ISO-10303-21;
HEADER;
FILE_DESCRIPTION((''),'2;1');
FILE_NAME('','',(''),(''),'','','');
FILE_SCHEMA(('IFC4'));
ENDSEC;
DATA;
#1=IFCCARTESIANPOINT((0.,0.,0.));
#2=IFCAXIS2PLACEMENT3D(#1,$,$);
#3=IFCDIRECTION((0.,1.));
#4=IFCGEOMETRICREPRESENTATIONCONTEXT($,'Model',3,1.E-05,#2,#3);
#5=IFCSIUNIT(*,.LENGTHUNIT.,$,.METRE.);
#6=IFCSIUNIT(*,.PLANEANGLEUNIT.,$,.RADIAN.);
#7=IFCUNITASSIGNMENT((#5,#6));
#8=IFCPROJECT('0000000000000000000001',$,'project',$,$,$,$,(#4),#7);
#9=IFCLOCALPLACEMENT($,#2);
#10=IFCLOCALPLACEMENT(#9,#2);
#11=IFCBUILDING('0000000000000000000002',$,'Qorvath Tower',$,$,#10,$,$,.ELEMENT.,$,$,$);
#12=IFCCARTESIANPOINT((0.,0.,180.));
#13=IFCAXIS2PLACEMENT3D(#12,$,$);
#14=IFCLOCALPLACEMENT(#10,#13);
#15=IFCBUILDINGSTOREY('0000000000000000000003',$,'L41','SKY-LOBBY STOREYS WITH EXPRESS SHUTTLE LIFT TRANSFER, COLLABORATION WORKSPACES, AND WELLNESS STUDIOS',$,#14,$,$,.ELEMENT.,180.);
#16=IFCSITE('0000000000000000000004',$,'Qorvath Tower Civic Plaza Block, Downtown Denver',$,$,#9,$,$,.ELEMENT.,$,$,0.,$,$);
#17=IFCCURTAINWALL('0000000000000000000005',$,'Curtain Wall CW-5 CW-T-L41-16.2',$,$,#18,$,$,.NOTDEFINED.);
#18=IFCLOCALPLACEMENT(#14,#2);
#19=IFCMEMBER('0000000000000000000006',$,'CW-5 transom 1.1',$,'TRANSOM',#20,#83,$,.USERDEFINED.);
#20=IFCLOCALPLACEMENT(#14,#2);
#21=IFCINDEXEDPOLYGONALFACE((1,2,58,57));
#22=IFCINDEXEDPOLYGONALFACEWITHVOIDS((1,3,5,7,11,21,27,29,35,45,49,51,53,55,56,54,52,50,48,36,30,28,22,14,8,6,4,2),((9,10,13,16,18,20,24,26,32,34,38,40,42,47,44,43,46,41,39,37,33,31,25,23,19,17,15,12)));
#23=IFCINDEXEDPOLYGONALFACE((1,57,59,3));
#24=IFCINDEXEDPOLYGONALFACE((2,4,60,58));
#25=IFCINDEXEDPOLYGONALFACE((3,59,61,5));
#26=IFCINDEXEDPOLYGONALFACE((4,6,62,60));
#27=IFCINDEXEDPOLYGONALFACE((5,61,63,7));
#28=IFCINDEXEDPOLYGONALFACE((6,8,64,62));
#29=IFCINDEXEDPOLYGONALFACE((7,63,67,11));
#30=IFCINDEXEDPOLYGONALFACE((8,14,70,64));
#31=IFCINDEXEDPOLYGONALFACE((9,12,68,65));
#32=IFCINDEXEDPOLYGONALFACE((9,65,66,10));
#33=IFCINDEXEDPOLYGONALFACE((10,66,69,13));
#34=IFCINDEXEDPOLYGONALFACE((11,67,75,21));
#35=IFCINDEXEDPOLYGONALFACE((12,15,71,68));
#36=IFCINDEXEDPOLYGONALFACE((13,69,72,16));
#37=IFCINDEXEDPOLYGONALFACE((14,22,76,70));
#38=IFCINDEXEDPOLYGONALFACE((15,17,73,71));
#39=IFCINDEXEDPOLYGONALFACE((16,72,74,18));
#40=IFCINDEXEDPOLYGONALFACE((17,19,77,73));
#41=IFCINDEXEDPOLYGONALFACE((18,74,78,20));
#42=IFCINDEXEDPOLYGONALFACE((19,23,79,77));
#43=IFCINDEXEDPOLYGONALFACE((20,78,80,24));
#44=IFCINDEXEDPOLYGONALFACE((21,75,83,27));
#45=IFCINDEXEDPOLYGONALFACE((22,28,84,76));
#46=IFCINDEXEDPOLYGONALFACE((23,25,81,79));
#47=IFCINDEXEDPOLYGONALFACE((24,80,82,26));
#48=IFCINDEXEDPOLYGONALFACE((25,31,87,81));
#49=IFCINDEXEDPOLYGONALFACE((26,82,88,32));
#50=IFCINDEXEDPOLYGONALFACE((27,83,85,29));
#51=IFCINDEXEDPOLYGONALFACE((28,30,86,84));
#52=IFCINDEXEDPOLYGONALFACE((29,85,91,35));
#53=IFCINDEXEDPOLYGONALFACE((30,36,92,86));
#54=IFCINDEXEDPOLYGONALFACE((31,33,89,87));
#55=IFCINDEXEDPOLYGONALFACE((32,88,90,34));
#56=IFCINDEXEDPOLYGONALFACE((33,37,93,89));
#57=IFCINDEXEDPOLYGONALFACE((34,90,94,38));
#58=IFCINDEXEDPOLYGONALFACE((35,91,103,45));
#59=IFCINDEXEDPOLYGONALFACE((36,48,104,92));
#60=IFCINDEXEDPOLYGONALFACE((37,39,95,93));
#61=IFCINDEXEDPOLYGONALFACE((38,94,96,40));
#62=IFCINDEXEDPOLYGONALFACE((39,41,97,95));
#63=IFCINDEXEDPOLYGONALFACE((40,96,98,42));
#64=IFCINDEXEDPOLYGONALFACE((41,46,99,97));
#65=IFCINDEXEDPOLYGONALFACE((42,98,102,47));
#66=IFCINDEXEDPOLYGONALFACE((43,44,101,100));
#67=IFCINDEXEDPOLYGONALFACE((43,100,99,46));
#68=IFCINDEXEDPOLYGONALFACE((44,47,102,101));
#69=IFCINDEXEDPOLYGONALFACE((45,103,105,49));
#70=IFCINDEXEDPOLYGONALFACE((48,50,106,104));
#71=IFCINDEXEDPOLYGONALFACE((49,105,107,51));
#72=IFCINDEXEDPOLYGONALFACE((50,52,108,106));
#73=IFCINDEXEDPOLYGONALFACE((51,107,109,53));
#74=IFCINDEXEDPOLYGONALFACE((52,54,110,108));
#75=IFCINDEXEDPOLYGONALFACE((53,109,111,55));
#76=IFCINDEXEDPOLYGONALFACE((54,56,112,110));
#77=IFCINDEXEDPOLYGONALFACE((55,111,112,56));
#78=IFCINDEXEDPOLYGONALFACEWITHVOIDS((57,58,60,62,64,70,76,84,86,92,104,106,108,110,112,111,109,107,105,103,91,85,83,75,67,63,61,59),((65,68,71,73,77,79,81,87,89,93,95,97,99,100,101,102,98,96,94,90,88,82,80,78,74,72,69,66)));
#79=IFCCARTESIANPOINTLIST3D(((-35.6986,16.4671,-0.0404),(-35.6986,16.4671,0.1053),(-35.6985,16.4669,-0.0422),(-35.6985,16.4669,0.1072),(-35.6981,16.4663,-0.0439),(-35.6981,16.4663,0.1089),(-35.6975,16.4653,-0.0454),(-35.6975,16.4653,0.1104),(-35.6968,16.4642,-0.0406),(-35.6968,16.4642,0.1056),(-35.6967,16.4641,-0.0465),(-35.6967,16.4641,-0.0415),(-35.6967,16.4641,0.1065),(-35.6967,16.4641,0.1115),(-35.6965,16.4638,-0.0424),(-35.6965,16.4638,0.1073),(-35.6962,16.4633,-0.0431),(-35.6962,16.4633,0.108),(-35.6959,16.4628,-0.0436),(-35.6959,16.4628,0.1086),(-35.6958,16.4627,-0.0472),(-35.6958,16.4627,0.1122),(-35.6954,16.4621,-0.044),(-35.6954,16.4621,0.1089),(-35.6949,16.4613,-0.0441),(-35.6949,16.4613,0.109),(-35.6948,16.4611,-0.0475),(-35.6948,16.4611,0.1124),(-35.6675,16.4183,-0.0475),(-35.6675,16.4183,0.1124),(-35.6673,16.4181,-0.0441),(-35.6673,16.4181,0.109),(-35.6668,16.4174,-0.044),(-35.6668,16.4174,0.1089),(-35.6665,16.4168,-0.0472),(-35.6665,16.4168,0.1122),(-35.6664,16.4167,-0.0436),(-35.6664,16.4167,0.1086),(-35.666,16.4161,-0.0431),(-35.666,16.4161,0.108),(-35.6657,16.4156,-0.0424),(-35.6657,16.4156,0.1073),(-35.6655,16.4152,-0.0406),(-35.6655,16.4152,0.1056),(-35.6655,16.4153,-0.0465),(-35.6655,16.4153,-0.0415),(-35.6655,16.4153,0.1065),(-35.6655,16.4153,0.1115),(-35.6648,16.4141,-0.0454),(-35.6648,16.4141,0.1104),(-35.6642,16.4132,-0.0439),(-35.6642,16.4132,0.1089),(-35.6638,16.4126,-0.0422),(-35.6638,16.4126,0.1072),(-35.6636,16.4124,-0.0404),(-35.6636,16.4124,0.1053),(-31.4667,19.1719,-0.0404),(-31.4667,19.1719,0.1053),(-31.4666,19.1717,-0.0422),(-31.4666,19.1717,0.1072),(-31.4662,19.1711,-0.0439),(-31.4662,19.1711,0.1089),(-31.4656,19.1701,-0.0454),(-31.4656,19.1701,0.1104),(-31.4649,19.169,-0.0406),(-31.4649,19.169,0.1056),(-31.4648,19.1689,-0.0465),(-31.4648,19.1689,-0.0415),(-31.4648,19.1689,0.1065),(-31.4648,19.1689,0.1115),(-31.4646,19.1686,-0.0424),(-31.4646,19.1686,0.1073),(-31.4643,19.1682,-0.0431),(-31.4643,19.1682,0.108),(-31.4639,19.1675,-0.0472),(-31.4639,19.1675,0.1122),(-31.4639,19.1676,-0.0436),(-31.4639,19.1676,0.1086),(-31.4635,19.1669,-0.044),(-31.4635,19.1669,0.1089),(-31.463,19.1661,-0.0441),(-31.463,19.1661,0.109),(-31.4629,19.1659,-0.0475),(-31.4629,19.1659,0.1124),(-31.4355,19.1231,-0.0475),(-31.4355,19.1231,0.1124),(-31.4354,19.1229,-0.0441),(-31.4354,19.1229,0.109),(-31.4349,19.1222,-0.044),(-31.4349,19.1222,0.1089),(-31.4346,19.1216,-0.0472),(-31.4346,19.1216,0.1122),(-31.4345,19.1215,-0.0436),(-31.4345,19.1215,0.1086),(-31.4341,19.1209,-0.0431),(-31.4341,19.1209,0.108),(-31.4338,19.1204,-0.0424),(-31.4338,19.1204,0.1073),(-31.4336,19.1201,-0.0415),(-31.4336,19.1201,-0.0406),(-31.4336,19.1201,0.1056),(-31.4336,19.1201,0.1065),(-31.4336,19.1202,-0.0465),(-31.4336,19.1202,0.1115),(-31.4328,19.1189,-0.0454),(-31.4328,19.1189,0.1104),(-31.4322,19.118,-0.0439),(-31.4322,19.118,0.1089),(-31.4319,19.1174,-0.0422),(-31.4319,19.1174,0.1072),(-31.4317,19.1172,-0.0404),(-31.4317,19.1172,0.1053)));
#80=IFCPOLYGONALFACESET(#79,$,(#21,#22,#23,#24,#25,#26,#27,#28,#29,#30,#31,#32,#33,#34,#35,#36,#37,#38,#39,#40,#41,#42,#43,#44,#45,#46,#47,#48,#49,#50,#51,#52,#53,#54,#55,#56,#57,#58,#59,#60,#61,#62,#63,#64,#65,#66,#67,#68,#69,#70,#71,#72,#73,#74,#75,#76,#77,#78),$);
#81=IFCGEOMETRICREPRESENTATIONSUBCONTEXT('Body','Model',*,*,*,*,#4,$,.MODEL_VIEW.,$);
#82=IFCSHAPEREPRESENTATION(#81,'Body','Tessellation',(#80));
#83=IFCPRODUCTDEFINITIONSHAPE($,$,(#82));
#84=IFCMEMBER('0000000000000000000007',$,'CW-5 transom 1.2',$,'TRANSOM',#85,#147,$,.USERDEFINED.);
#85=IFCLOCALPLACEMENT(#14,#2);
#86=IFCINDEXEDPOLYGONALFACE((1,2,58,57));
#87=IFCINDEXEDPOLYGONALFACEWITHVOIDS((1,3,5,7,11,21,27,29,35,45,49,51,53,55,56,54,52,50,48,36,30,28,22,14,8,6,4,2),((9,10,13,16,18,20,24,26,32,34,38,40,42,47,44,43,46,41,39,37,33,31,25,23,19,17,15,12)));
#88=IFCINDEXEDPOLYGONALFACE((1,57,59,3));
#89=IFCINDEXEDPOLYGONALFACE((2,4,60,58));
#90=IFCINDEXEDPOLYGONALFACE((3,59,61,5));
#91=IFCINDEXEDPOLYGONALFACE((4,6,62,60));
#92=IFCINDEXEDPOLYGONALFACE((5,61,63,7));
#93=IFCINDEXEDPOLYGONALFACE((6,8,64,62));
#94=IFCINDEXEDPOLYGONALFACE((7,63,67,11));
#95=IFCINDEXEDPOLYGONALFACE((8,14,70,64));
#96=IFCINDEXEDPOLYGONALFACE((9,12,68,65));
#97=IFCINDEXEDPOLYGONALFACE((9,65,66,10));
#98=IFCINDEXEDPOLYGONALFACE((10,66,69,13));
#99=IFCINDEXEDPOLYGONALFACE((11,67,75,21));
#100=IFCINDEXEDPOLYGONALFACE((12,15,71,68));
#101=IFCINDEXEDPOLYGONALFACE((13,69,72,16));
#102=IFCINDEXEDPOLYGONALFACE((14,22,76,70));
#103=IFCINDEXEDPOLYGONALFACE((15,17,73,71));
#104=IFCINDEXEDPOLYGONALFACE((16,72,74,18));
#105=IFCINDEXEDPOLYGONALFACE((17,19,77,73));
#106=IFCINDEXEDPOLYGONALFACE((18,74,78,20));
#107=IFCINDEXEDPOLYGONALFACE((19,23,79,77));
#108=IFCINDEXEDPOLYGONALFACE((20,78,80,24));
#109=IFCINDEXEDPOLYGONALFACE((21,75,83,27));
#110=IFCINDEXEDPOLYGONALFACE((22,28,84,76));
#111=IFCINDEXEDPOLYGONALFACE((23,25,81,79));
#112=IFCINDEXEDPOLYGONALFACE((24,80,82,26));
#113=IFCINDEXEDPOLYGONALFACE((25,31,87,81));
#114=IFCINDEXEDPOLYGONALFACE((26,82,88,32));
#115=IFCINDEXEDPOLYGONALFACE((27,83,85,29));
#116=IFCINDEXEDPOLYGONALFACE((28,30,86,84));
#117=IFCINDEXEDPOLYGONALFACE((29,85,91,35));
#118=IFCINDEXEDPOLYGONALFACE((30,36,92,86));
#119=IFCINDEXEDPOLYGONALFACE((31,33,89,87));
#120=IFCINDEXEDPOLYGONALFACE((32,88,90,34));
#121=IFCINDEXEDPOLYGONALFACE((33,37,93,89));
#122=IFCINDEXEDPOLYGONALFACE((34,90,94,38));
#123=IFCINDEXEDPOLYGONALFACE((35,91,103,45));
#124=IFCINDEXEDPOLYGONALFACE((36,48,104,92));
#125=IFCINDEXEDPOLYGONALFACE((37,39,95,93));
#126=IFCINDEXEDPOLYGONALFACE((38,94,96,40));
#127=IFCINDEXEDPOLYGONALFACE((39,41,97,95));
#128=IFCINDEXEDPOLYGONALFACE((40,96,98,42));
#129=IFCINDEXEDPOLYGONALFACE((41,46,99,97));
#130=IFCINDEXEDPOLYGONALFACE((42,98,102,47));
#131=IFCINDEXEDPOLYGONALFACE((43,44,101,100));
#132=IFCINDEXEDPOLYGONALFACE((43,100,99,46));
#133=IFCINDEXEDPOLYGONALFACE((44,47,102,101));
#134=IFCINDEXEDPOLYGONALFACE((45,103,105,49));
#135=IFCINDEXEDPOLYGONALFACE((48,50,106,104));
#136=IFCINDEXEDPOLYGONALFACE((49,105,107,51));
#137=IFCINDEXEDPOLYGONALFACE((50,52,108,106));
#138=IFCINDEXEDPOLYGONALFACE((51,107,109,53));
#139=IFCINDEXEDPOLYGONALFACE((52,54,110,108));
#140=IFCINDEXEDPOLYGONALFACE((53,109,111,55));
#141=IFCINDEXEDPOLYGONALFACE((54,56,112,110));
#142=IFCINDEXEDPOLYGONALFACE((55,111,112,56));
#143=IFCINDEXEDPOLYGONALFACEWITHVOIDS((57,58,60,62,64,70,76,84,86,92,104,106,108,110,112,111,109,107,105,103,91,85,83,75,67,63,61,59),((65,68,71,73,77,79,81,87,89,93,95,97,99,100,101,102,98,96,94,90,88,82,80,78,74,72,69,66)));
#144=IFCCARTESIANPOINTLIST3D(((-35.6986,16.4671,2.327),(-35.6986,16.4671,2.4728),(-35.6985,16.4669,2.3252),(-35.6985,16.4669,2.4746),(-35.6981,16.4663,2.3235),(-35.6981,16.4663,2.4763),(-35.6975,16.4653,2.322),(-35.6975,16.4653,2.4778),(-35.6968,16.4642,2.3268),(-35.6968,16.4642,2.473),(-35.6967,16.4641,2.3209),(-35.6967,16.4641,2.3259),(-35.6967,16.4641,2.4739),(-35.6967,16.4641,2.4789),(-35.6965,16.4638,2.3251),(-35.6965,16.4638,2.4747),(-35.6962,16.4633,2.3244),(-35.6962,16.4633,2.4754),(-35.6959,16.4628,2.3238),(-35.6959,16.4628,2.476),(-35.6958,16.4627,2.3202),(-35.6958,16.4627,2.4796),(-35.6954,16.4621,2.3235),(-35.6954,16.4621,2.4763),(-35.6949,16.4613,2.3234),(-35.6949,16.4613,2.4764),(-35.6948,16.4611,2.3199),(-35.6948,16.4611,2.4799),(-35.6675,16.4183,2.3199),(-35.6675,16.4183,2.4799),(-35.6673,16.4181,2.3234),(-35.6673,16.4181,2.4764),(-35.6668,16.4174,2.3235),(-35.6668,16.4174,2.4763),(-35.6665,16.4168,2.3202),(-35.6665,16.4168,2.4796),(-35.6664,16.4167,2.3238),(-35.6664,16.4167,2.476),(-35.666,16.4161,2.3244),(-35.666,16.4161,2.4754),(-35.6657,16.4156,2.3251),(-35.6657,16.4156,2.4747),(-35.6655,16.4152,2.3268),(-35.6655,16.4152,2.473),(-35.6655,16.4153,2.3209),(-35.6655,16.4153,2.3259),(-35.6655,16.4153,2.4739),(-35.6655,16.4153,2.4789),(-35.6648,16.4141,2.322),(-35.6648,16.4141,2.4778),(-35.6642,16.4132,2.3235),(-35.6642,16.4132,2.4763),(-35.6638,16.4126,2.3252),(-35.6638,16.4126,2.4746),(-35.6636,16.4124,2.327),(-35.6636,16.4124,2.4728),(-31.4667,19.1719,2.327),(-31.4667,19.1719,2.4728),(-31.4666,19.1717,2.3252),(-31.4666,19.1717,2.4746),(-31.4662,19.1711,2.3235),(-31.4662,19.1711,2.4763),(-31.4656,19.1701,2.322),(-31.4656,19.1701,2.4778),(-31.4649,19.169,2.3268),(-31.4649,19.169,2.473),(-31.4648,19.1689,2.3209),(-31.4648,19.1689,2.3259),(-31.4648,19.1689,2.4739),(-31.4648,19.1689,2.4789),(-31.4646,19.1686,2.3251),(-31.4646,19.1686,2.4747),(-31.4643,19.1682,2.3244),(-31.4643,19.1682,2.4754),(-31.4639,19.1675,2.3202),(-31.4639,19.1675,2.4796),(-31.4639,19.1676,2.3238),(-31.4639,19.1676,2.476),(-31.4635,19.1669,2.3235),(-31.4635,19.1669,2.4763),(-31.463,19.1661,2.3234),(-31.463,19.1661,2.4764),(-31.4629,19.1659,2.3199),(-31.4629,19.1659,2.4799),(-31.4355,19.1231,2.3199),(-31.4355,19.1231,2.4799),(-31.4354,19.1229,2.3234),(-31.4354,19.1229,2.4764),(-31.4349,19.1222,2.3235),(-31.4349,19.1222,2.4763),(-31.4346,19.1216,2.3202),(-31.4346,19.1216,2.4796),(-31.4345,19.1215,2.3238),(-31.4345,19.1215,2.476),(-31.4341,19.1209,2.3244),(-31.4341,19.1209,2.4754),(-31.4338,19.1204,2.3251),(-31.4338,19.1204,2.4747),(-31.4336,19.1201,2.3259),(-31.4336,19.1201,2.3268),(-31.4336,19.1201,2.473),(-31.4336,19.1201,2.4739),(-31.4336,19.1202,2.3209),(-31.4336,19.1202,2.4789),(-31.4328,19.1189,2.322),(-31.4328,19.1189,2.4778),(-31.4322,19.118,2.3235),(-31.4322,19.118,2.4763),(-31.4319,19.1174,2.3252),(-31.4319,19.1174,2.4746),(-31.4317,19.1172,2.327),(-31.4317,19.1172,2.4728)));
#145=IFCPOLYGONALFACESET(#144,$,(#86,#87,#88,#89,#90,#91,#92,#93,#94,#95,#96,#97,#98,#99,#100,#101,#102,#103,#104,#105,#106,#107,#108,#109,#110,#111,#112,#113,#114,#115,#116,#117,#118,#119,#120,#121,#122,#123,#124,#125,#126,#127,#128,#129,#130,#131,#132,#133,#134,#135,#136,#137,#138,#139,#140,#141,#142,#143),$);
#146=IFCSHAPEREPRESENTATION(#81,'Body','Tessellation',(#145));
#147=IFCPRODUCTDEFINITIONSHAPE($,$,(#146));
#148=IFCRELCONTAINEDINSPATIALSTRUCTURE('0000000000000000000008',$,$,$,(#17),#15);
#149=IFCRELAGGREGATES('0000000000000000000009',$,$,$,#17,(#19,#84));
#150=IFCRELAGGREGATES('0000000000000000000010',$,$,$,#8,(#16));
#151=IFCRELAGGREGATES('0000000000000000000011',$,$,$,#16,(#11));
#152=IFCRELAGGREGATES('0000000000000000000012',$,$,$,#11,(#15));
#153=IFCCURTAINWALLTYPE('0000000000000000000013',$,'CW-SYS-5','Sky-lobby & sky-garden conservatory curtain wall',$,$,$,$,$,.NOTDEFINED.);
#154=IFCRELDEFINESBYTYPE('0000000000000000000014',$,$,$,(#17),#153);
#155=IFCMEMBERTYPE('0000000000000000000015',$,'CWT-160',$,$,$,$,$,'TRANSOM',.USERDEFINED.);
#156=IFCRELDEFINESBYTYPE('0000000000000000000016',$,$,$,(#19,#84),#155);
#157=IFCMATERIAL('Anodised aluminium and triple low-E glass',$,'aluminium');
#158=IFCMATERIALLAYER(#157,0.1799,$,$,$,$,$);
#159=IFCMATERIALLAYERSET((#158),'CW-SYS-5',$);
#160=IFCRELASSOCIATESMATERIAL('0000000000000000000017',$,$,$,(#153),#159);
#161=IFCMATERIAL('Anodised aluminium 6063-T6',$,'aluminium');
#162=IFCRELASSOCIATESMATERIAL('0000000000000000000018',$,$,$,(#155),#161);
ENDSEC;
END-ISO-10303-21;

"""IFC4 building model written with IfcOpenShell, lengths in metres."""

from ifc_helpers import new_model, si_unit, direction, frame, origin, origin_2d, place, context, subcontext, project, spatial, hollow_rectangle, extrude, material, layer, layer_set, material_profile, profile_set, type_object, element, aggregate, save


model = new_model("IFC4")

# Units and contexts
model_context = context("Model", 3, precision=1e-05, world=origin(), true_north=direction((0.0, 1.0)))
body_context = subcontext(model_context, "Body", "Model", "MODEL_VIEW")
ifc_project = project(units=[si_unit("LENGTHUNIT", "METRE"), si_unit("PLANEANGLEUNIT", "RADIAN")], contexts=[model_context])

# Site, building, storey
site_placement = place(None, origin())
site = spatial("IfcSite", under=ifc_project, at=site_placement, Name="Qorvath Tower Civic Plaza Block, Downtown Denver", CompositionType="ELEMENT", RefElevation=0.0)
building_placement = place(site_placement, origin())
building = spatial("IfcBuilding", under=site, at=building_placement, Name="Qorvath Tower", CompositionType="ELEMENT")
storey_placement = place(building_placement, frame((0.0, 0.0, 180.0)))
storey = spatial("IfcBuildingStorey", under=building, at=storey_placement, Name="L41", Description="SKY-LOBBY STOREYS WITH EXPRESS SHUTTLE LIFT TRANSFER, COLLABORATION WORKSPACES, AND WELLNESS STUDIOS", CompositionType="ELEMENT", Elevation=180.0)

# Curtain wall, members
ifc_material_1 = material(Name="Anodised aluminium and triple low-E glass", Category="aluminium")
ifc_layer_1 = layer(ifc_material_1, 0.1799)
ifc_layer_set_1 = layer_set([ifc_layer_1], Name="CW-SYS-5")
curtain_wall_type = type_object("IfcCurtainWallType", Name="CW-SYS-5", Description="Sky-lobby & sky-garden conservatory curtain wall", PredefinedType="NOTDEFINED", material=ifc_layer_set_1)
curtain_wall_placement = place(storey_placement, origin())
curtain_wall = element("IfcCurtainWall", 1, at=curtain_wall_placement, inside=storey, type_object=curtain_wall_type, Name="Curtain Wall CW-5 CW-T-L41-16.2", PredefinedType="NOTDEFINED")
ifc_material_2 = material(Name="Anodised aluminium 6063-T6", Category="aluminium")
ifc_material_profile_1 = material_profile(ifc_material_2, hollow_rectangle(XDim=0.0649, YDim=0.1599, WallThickness=0.0034, InnerFilletRadius=0.0034, OuterFilletRadius=0.0071, at=origin_2d()), Name="CWT 160x65")
ifc_profile_set_1 = profile_set([ifc_material_profile_1], Name="Anodised aluminium 6063-T6")
member_type_1 = type_object("IfcMemberType", Name="CWT-160", ElementType="TRANSOM", PredefinedType="USERDEFINED", material=ifc_profile_set_1)
member_1_placement = place(storey_placement, frame((-31.4492, 19.1445, 0.0325), z_axis=(-0.842597, -0.538545, 0.0), x_axis=(0.538545, -0.842597, 0.0)))
member_1 = element("IfcMember", 2, at=member_1_placement, type_object=member_type_1, Name="CW-5 transom 1.1", ObjectType="TRANSOM", PredefinedType="USERDEFINED", context=body_context, shape_type="SweptSolid", body=[
    extrude(hollow_rectangle(XDim=0.0649, YDim=0.1599, WallThickness=0.0034, InnerFilletRadius=0.0034, OuterFilletRadius=0.0071, at=origin_2d()), origin(), (0.0, 0.0, 1.0), 5.0225),
])
member_2_placement = place(storey_placement, frame((-31.4492, 19.1445, 2.3999), z_axis=(-0.842597, -0.538545, 0.0), x_axis=(0.538545, -0.842597, 0.0)))
member_2 = element("IfcMember", 3, at=member_2_placement, type_object=member_type_1, Name="CW-5 transom 1.2", ObjectType="TRANSOM", PredefinedType="USERDEFINED", context=body_context, shape_type="SweptSolid", body=[
    extrude(hollow_rectangle(XDim=0.0649, YDim=0.1599, WallThickness=0.0034, InnerFilletRadius=0.0034, OuterFilletRadius=0.0071, at=origin_2d()), origin(), (0.0, 0.0, 1.0), 5.0225),
])
aggregate(curtain_wall, [member_1, member_2])

save(model, "model.ifc")
